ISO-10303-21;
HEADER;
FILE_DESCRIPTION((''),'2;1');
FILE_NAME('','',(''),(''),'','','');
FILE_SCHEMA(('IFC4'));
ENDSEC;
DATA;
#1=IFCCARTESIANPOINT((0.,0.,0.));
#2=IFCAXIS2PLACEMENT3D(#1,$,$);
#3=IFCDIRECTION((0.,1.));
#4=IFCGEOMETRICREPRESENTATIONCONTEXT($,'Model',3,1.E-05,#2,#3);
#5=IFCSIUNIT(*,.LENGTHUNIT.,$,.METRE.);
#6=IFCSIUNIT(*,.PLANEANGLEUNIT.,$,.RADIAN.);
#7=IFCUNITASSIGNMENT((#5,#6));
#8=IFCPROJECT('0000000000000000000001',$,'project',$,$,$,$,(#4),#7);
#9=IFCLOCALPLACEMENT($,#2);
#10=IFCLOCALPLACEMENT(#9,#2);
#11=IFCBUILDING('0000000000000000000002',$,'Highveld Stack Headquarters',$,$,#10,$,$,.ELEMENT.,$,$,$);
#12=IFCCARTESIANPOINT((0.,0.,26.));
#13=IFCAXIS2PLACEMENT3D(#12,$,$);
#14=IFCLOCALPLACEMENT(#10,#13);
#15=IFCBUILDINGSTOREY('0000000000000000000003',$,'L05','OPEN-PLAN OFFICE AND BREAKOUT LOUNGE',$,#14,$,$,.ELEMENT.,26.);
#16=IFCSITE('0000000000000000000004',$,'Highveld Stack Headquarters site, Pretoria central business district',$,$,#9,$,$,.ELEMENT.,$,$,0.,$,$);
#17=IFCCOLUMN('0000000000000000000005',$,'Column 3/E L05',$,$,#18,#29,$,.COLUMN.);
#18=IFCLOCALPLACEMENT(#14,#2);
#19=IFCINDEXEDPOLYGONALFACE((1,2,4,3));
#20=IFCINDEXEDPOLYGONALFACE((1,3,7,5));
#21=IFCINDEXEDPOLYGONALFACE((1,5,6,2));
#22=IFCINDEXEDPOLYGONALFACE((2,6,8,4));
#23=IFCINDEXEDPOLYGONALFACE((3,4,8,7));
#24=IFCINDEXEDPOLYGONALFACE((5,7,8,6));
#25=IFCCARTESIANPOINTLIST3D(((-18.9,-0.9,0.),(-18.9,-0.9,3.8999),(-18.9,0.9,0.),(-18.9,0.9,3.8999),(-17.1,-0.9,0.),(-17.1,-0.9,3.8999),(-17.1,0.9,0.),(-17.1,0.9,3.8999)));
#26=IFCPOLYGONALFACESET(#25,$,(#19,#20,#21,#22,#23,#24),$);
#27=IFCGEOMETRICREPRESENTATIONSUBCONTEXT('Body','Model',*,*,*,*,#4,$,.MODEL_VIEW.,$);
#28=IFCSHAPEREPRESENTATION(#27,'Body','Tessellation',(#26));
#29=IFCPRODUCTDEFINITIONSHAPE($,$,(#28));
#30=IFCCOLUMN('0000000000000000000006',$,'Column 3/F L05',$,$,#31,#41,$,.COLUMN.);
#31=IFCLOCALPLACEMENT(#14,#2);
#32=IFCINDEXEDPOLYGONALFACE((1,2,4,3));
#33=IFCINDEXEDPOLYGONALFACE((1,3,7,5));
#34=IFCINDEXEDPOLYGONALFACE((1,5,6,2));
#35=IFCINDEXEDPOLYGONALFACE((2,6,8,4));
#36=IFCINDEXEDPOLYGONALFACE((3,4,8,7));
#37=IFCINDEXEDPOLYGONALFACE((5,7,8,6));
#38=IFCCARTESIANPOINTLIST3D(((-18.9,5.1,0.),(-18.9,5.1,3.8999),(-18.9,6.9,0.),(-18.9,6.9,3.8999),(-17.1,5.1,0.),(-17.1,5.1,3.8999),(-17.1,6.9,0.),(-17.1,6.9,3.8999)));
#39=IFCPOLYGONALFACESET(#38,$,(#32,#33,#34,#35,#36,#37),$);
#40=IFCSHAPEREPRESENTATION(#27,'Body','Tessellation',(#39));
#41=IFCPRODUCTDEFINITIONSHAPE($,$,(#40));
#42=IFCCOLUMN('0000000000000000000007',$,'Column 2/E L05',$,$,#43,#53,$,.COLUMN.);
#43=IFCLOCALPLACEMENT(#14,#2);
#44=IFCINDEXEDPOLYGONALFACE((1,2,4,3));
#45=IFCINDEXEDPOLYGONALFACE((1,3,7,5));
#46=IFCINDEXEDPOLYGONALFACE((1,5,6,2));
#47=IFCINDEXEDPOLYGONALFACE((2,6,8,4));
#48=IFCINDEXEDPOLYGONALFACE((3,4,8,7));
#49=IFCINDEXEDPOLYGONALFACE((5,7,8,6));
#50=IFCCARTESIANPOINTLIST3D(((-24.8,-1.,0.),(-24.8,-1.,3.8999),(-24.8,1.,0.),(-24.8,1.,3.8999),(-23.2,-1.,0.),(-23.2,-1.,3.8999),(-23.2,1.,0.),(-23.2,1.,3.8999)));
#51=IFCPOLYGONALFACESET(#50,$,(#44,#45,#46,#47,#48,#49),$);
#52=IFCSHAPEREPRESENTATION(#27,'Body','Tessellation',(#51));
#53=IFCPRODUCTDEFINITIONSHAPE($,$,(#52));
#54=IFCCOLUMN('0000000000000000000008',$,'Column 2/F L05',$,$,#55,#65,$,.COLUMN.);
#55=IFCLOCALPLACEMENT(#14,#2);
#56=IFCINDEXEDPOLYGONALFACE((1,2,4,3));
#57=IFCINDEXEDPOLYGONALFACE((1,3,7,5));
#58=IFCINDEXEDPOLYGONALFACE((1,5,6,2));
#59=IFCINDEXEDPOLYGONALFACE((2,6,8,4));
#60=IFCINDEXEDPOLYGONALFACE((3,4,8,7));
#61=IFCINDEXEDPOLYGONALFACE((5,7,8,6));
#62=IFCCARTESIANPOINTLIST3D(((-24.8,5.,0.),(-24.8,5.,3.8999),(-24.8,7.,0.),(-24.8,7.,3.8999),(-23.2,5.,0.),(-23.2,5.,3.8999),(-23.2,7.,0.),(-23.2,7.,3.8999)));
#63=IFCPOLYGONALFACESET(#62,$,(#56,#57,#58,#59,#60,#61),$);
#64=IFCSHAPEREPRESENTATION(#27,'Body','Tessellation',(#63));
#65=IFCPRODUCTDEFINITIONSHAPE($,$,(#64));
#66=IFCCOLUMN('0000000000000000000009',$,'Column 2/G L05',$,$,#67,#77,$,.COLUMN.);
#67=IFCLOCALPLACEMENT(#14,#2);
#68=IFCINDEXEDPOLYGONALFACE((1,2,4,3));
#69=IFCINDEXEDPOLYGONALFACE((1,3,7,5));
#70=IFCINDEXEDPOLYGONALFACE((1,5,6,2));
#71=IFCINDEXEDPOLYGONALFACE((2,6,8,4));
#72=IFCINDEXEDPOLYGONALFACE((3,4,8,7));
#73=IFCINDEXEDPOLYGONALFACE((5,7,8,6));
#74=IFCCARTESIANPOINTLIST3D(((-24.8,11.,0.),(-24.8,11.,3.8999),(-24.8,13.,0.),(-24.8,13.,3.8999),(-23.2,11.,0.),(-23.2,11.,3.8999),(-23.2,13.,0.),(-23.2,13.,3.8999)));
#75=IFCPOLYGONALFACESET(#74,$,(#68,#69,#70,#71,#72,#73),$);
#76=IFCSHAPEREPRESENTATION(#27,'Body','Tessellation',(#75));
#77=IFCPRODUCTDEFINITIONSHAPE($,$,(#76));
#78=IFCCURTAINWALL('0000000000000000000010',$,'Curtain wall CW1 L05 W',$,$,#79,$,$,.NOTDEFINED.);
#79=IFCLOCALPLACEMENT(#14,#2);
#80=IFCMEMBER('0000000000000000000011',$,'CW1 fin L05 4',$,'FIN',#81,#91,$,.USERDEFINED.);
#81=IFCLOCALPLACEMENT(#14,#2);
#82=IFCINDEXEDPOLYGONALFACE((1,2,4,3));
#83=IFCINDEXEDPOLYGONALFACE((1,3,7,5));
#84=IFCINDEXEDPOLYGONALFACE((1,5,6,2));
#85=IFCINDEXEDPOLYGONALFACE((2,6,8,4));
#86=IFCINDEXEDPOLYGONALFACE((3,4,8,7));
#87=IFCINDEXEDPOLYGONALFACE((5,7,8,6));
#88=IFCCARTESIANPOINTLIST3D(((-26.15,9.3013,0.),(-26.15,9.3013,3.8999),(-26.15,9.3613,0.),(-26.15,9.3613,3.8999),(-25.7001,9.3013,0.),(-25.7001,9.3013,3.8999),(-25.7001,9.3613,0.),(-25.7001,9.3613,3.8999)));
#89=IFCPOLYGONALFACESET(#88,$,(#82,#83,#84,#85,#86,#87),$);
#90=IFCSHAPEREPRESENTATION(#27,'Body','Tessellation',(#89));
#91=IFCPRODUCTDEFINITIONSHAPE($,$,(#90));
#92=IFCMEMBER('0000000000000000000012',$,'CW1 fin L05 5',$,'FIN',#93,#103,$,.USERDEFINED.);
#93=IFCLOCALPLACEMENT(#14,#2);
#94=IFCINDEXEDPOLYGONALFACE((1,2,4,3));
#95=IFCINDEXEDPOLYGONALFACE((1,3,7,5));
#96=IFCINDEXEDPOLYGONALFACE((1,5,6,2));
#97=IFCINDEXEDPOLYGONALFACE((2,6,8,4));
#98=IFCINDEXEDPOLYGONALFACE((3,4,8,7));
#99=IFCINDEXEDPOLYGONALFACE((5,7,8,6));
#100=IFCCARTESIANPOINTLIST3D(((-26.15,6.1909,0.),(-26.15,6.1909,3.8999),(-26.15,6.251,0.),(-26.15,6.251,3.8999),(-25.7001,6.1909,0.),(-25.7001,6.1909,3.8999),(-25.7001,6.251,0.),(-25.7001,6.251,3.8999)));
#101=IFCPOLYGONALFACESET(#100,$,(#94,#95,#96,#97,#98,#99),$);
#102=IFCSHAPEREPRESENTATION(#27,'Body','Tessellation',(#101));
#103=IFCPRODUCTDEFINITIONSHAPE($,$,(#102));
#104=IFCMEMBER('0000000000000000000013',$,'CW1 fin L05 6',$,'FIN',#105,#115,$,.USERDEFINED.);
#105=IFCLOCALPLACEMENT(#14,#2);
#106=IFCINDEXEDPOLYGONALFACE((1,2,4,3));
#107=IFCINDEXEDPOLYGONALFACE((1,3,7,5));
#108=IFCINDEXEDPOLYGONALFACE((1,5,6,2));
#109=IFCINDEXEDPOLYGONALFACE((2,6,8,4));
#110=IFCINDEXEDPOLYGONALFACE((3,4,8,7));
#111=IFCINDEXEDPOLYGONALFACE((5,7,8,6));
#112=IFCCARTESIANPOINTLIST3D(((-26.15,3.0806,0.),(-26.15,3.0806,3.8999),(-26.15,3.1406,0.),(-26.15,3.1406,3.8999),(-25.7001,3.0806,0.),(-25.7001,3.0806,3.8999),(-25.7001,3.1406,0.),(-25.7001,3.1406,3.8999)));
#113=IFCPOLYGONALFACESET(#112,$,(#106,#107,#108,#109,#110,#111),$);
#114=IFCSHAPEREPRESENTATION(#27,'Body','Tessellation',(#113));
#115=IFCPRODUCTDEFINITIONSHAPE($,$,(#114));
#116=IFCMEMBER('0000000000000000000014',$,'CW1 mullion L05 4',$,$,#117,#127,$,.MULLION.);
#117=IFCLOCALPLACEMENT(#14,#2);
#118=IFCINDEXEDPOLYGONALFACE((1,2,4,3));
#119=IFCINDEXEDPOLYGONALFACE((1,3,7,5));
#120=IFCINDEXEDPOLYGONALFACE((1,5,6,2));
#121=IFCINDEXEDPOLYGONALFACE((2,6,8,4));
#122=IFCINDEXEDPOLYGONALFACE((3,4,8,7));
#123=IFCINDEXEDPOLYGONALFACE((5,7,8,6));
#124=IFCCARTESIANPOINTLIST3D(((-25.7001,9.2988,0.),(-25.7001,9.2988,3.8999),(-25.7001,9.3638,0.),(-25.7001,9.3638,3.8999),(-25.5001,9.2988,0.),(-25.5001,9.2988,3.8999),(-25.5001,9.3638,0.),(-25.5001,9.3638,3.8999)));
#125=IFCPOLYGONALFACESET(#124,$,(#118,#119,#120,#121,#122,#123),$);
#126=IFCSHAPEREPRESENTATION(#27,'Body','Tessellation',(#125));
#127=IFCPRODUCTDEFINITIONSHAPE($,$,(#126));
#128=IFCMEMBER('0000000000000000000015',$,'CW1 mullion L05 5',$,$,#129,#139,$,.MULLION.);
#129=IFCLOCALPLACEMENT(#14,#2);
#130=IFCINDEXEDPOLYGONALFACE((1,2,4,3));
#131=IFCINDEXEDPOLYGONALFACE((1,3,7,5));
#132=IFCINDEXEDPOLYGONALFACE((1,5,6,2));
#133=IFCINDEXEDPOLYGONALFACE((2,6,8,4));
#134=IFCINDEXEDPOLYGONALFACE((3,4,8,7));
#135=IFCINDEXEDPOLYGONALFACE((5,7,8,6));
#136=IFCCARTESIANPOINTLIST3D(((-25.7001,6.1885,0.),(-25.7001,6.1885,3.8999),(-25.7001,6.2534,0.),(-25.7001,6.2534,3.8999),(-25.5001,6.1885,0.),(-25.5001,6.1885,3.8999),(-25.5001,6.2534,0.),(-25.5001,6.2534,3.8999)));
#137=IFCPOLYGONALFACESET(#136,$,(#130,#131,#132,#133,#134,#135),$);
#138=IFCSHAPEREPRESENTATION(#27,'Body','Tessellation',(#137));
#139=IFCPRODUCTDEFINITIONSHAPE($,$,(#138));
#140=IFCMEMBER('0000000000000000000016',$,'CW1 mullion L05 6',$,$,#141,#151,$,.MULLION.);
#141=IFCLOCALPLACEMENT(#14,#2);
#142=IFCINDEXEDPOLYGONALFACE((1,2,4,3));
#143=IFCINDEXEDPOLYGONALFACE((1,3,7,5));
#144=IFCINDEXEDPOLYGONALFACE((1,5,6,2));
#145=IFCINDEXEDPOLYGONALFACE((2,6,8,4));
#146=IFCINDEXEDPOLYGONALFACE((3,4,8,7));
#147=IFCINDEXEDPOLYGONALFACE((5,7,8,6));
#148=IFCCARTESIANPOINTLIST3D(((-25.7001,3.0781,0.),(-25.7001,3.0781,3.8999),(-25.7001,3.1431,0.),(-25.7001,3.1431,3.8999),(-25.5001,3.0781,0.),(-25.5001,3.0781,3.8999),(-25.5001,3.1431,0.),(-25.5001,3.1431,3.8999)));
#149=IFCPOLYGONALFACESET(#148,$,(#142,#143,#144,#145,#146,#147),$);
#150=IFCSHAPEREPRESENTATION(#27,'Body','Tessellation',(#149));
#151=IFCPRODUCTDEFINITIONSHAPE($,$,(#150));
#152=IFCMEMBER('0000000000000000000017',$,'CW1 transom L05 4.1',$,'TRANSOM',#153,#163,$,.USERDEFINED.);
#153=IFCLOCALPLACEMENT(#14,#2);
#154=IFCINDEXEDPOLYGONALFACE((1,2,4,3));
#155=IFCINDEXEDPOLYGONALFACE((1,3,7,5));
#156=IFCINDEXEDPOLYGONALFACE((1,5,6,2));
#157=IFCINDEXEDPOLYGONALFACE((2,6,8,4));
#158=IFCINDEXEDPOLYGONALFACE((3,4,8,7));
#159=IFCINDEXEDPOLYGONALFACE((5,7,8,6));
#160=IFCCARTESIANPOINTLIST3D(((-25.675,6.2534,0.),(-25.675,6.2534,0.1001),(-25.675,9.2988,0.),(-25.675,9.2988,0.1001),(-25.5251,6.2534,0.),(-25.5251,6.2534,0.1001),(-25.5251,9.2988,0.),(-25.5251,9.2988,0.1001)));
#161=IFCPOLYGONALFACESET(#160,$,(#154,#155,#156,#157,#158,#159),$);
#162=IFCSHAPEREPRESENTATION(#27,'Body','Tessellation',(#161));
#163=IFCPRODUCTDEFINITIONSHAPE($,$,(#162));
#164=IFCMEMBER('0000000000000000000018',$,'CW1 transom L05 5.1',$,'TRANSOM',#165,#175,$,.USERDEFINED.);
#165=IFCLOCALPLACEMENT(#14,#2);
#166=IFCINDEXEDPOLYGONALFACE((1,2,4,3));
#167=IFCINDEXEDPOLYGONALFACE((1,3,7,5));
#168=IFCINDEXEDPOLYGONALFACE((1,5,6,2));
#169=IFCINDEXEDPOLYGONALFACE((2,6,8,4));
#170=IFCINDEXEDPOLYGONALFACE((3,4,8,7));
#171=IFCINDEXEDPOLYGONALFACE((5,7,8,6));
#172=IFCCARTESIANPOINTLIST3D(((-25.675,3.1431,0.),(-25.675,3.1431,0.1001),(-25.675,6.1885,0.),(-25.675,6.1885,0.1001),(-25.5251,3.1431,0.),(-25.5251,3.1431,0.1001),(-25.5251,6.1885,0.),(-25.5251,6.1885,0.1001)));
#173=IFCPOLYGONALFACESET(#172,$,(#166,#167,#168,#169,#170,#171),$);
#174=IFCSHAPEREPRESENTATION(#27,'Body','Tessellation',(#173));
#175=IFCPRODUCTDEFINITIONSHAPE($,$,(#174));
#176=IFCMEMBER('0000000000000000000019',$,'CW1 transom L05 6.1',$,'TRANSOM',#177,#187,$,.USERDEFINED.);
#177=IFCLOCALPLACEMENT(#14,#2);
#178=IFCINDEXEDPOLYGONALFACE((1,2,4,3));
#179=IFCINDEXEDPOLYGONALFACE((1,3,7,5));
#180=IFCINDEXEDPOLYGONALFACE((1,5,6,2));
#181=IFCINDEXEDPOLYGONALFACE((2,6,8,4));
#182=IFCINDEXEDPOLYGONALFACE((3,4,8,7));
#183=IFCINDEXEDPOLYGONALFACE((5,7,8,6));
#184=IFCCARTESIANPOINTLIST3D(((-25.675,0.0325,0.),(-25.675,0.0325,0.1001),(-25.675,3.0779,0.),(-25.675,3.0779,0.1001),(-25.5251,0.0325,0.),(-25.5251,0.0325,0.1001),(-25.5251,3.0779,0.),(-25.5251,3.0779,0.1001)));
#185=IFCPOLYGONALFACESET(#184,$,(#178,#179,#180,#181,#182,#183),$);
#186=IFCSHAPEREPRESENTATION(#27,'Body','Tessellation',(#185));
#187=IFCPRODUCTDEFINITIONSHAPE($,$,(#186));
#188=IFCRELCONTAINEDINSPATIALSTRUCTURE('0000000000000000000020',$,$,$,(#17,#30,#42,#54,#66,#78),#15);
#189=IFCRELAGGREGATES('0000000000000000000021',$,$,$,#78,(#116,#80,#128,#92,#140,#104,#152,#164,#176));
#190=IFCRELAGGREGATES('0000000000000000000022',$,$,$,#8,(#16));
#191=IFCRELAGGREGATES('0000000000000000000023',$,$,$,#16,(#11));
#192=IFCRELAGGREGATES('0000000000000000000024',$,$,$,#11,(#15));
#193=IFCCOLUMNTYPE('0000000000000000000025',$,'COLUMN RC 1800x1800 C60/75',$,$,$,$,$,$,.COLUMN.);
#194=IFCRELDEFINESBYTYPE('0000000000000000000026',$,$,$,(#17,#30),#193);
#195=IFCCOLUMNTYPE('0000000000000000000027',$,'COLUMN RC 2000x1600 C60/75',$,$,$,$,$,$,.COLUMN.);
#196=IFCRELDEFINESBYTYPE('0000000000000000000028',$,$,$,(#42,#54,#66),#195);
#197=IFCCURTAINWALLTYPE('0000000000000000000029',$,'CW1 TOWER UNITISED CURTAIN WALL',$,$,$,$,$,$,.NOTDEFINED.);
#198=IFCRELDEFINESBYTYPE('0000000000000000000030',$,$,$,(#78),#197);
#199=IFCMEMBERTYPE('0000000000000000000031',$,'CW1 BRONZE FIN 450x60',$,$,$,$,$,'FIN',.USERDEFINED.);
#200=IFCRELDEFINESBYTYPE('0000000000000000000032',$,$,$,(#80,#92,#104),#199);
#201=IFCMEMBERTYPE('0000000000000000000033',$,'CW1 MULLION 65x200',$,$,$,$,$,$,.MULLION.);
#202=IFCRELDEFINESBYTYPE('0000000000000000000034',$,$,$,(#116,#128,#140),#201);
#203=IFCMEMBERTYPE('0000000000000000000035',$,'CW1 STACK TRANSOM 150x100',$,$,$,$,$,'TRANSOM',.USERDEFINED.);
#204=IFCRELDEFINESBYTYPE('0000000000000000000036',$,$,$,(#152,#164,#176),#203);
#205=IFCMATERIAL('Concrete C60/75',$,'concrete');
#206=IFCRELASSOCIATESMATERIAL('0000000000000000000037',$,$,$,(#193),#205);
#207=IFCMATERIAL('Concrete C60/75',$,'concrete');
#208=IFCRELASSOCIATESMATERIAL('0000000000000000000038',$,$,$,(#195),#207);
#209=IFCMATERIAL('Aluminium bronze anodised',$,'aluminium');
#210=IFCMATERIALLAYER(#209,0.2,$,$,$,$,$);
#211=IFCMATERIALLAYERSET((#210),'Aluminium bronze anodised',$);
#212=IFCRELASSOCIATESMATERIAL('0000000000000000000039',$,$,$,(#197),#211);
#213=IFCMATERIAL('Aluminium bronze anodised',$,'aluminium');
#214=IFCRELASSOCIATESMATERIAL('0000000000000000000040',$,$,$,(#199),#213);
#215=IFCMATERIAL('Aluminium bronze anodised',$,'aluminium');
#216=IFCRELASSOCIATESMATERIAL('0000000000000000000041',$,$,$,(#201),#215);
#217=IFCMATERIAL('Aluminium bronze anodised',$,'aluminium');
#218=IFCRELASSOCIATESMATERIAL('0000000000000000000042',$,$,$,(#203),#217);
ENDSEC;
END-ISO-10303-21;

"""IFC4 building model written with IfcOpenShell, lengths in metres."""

from ifc_helpers import new_model, si_unit, direction, frame, origin, origin_2d, place, context, subcontext, project, spatial, rectangle, extrude, material, layer, layer_set, material_profile, profile_set, type_object, element, aggregate, save


model = new_model("IFC4")

# Units and contexts
model_context = context("Model", 3, precision=1e-05, world=origin(), true_north=direction((0.0, 1.0)))
body_context = subcontext(model_context, "Body", "Model", "MODEL_VIEW")
ifc_project = project(units=[si_unit("LENGTHUNIT", "METRE"), si_unit("PLANEANGLEUNIT", "RADIAN")], contexts=[model_context])

# Site, building, storey
site_placement = place(None, origin())
site = spatial("IfcSite", under=ifc_project, at=site_placement, Name="Highveld Stack Headquarters site, Pretoria central business district", CompositionType="ELEMENT", RefElevation=0.0)
building_placement = place(site_placement, origin())
building = spatial("IfcBuilding", under=site, at=building_placement, Name="Highveld Stack Headquarters", CompositionType="ELEMENT")
storey_placement = place(building_placement, frame((0.0, 0.0, 26.0)))
storey = spatial("IfcBuildingStorey", under=building, at=storey_placement, Name="L05", Description="OPEN-PLAN OFFICE AND BREAKOUT LOUNGE", CompositionType="ELEMENT", Elevation=26.0)

# Columns
ifc_material_1 = material(Name="Concrete C60/75", Category="concrete")
ifc_material_profile_1 = material_profile(ifc_material_1, rectangle(XDim=1.8, YDim=1.8, at=origin_2d()), Name="RC 1800x1800")
ifc_profile_set_1 = profile_set([ifc_material_profile_1], Name="Concrete C60/75")
column_type_1 = type_object("IfcColumnType", Name="COLUMN RC 1800x1800 C60/75", PredefinedType="COLUMN", material=ifc_profile_set_1)
for number, where, z_axis, x_axis, name in (
    (1, (-18.0, 0.0, 0.0), (0.0, 0.0, 1.0), (1.0, 0.0, 0.0), "Column 3/E L05"),
    (2, (-18.0, 6.0, 0.0), (0.0, 0.0, 1.0), (1.0, 0.0, 0.0), "Column 3/F L05"),
):
    element("IfcColumn", number, at=place(storey_placement, frame(where, z_axis=z_axis, x_axis=x_axis)), inside=storey, type_object=column_type_1, Name=name, PredefinedType="COLUMN", context=body_context, shape_type="SweptSolid", body=[
        extrude(rectangle(XDim=1.8, YDim=1.8, at=origin_2d()), origin(), (0.0, 0.0, 1.0), 3.8999),
    ])
ifc_material_2 = material(Name="Concrete C60/75", Category="concrete")
ifc_material_profile_2 = material_profile(ifc_material_2, rectangle(XDim=2.0, YDim=1.6001, at=origin_2d()), Name="RC 2000x1600")
ifc_profile_set_2 = profile_set([ifc_material_profile_2], Name="Concrete C60/75")
column_type_2 = type_object("IfcColumnType", Name="COLUMN RC 2000x1600 C60/75", PredefinedType="COLUMN", material=ifc_profile_set_2)
for number, where, z_axis, x_axis, name in (
    (3, (-24.0, 0.0, 0.0), (0.0, 0.0, 1.0), (0.0, 1.0, 0.0), "Column 2/E L05"),
    (4, (-24.0, 6.0, 0.0), (0.0, 0.0, 1.0), (0.0, 1.0, 0.0), "Column 2/F L05"),
    (5, (-24.0, 12.0, 0.0), (0.0, 0.0, 1.0), (0.0, 1.0, 0.0), "Column 2/G L05"),
):
    element("IfcColumn", number, at=place(storey_placement, frame(where, z_axis=z_axis, x_axis=x_axis)), inside=storey, type_object=column_type_2, Name=name, PredefinedType="COLUMN", context=body_context, shape_type="SweptSolid", body=[
        extrude(rectangle(XDim=2.0, YDim=1.6001, at=origin_2d()), origin(), (0.0, 0.0, 1.0), 3.8999),
    ])

# Curtain wall, members
ifc_material_3 = material(Name="Aluminium bronze anodised", Category="aluminium")
ifc_layer_1 = layer(ifc_material_3, 0.2)
ifc_layer_set_1 = layer_set([ifc_layer_1], Name="Aluminium bronze anodised")
curtain_wall_type = type_object("IfcCurtainWallType", Name="CW1 TOWER UNITISED CURTAIN WALL", PredefinedType="NOTDEFINED", material=ifc_layer_set_1)
curtain_wall_placement = place(storey_placement, origin())
curtain_wall = element("IfcCurtainWall", 6, at=curtain_wall_placement, inside=storey, type_object=curtain_wall_type, Name="Curtain wall CW1 L05 W", PredefinedType="NOTDEFINED")
ifc_material_4 = material(Name="Aluminium bronze anodised", Category="aluminium")
ifc_material_profile_3 = material_profile(ifc_material_4, rectangle(XDim=0.45, YDim=0.0601, at=origin_2d()), Name="FIN 450x60")
ifc_profile_set_3 = profile_set([ifc_material_profile_3], Name="Aluminium bronze anodised")
member_type_1 = type_object("IfcMemberType", Name="CW1 BRONZE FIN 450x60", ElementType="FIN", PredefinedType="USERDEFINED", material=ifc_profile_set_3)
member_1_placement = place(storey_placement, frame((-25.925, 9.3313, 0.0), z_axis=(0.0, 0.0, 1.0), x_axis=(1.0, 0.0, 0.0)))
member_1 = element("IfcMember", 7, at=member_1_placement, type_object=member_type_1, Name="CW1 fin L05 4", ObjectType="FIN", PredefinedType="USERDEFINED", context=body_context, shape_type="SweptSolid", body=[
    extrude(rectangle(XDim=0.45, YDim=0.0601, at=origin_2d()), origin(), (0.0, 0.0, 1.0), 3.8999),
])
member_2_placement = place(storey_placement, frame((-25.925, 6.2209, 0.0), z_axis=(0.0, 0.0, 1.0), x_axis=(1.0, 0.0, 0.0)))
member_2 = element("IfcMember", 8, at=member_2_placement, type_object=member_type_1, Name="CW1 fin L05 5", ObjectType="FIN", PredefinedType="USERDEFINED", context=body_context, shape_type="SweptSolid", body=[
    extrude(rectangle(XDim=0.45, YDim=0.0601, at=origin_2d()), origin(), (0.0, 0.0, 1.0), 3.8999),
])
member_3_placement = place(storey_placement, frame((-25.925, 3.1106, 0.0), z_axis=(0.0, 0.0, 1.0), x_axis=(1.0, 0.0, 0.0)))
member_3 = element("IfcMember", 9, at=member_3_placement, type_object=member_type_1, Name="CW1 fin L05 6", ObjectType="FIN", PredefinedType="USERDEFINED", context=body_context, shape_type="SweptSolid", body=[
    extrude(rectangle(XDim=0.45, YDim=0.0601, at=origin_2d()), origin(), (0.0, 0.0, 1.0), 3.8999),
])
ifc_material_5 = material(Name="Aluminium bronze anodised", Category="aluminium")
ifc_material_profile_4 = material_profile(ifc_material_5, rectangle(XDim=0.2, YDim=0.0649, at=origin_2d()), Name="CW1 MULLION 65x200")
ifc_profile_set_4 = profile_set([ifc_material_profile_4], Name="Aluminium bronze anodised")
member_type_2 = type_object("IfcMemberType", Name="CW1 MULLION 65x200", PredefinedType="MULLION", material=ifc_profile_set_4)
member_4_placement = place(storey_placement, frame((-25.6001, 9.3313, 0.0), z_axis=(0.0, 0.0, 1.0), x_axis=(1.0, 0.0, 0.0)))
member_4 = element("IfcMember", 10, at=member_4_placement, type_object=member_type_2, Name="CW1 mullion L05 4", PredefinedType="MULLION", context=body_context, shape_type="SweptSolid", body=[
    extrude(rectangle(XDim=0.2, YDim=0.0649, at=origin_2d()), origin(), (0.0, 0.0, 1.0), 3.8999),
])
member_5_placement = place(storey_placement, frame((-25.6001, 6.2209, 0.0), z_axis=(0.0, 0.0, 1.0), x_axis=(1.0, 0.0, 0.0)))
member_5 = element("IfcMember", 11, at=member_5_placement, type_object=member_type_2, Name="CW1 mullion L05 5", PredefinedType="MULLION", context=body_context, shape_type="SweptSolid", body=[
    extrude(rectangle(XDim=0.2, YDim=0.0649, at=origin_2d()), origin(), (0.0, 0.0, 1.0), 3.8999),
])
member_6_placement = place(storey_placement, frame((-25.6001, 3.1106, 0.0), z_axis=(0.0, 0.0, 1.0), x_axis=(1.0, 0.0, 0.0)))
member_6 = element("IfcMember", 12, at=member_6_placement, type_object=member_type_2, Name="CW1 mullion L05 6", PredefinedType="MULLION", context=body_context, shape_type="SweptSolid", body=[
    extrude(rectangle(XDim=0.2, YDim=0.0649, at=origin_2d()), origin(), (0.0, 0.0, 1.0), 3.8999),
])
ifc_material_6 = material(Name="Aluminium bronze anodised", Category="aluminium")
ifc_material_profile_5 = material_profile(ifc_material_6, rectangle(XDim=0.1499, YDim=0.1001, at=origin_2d()), Name="CW1 TRANSOM 150x100")
ifc_profile_set_5 = profile_set([ifc_material_profile_5], Name="Aluminium bronze anodised")
member_type_3 = type_object("IfcMemberType", Name="CW1 STACK TRANSOM 150x100", ElementType="TRANSOM", PredefinedType="USERDEFINED", material=ifc_profile_set_5)
member_7_placement = place(storey_placement, frame((-25.6001, 9.2988, 0.05), z_axis=(0.0, -1.0, 0.0), x_axis=(1.0, 0.0, 0.0)))
member_7 = element("IfcMember", 13, at=member_7_placement, type_object=member_type_3, Name="CW1 transom L05 4.1", ObjectType="TRANSOM", PredefinedType="USERDEFINED", context=body_context, shape_type="SweptSolid", body=[
    extrude(rectangle(XDim=0.1499, YDim=0.1001, at=origin_2d()), origin(), (0.0, 0.0, 1.0), 3.0454),
])
member_8_placement = place(storey_placement, frame((-25.6001, 6.1885, 0.05), z_axis=(0.0, -1.0, 0.0), x_axis=(1.0, 0.0, 0.0)))
member_8 = element("IfcMember", 14, at=member_8_placement, type_object=member_type_3, Name="CW1 transom L05 5.1", ObjectType="TRANSOM", PredefinedType="USERDEFINED", context=body_context, shape_type="SweptSolid", body=[
    extrude(rectangle(XDim=0.1499, YDim=0.1001, at=origin_2d()), origin(), (0.0, 0.0, 1.0), 3.0454),
])
member_9_placement = place(storey_placement, frame((-25.6001, 3.0779, 0.05), z_axis=(0.0, -1.0, 0.0), x_axis=(1.0, 0.0, 0.0)))
member_9 = element("IfcMember", 15, at=member_9_placement, type_object=member_type_3, Name="CW1 transom L05 6.1", ObjectType="TRANSOM", PredefinedType="USERDEFINED", context=body_context, shape_type="SweptSolid", body=[
    extrude(rectangle(XDim=0.1499, YDim=0.1001, at=origin_2d()), origin(), (0.0, 0.0, 1.0), 3.0454),
])
aggregate(curtain_wall, [member_4, member_1, member_5, member_2, member_6, member_3, member_7, member_8, member_9])

save(model, "model.ifc")
